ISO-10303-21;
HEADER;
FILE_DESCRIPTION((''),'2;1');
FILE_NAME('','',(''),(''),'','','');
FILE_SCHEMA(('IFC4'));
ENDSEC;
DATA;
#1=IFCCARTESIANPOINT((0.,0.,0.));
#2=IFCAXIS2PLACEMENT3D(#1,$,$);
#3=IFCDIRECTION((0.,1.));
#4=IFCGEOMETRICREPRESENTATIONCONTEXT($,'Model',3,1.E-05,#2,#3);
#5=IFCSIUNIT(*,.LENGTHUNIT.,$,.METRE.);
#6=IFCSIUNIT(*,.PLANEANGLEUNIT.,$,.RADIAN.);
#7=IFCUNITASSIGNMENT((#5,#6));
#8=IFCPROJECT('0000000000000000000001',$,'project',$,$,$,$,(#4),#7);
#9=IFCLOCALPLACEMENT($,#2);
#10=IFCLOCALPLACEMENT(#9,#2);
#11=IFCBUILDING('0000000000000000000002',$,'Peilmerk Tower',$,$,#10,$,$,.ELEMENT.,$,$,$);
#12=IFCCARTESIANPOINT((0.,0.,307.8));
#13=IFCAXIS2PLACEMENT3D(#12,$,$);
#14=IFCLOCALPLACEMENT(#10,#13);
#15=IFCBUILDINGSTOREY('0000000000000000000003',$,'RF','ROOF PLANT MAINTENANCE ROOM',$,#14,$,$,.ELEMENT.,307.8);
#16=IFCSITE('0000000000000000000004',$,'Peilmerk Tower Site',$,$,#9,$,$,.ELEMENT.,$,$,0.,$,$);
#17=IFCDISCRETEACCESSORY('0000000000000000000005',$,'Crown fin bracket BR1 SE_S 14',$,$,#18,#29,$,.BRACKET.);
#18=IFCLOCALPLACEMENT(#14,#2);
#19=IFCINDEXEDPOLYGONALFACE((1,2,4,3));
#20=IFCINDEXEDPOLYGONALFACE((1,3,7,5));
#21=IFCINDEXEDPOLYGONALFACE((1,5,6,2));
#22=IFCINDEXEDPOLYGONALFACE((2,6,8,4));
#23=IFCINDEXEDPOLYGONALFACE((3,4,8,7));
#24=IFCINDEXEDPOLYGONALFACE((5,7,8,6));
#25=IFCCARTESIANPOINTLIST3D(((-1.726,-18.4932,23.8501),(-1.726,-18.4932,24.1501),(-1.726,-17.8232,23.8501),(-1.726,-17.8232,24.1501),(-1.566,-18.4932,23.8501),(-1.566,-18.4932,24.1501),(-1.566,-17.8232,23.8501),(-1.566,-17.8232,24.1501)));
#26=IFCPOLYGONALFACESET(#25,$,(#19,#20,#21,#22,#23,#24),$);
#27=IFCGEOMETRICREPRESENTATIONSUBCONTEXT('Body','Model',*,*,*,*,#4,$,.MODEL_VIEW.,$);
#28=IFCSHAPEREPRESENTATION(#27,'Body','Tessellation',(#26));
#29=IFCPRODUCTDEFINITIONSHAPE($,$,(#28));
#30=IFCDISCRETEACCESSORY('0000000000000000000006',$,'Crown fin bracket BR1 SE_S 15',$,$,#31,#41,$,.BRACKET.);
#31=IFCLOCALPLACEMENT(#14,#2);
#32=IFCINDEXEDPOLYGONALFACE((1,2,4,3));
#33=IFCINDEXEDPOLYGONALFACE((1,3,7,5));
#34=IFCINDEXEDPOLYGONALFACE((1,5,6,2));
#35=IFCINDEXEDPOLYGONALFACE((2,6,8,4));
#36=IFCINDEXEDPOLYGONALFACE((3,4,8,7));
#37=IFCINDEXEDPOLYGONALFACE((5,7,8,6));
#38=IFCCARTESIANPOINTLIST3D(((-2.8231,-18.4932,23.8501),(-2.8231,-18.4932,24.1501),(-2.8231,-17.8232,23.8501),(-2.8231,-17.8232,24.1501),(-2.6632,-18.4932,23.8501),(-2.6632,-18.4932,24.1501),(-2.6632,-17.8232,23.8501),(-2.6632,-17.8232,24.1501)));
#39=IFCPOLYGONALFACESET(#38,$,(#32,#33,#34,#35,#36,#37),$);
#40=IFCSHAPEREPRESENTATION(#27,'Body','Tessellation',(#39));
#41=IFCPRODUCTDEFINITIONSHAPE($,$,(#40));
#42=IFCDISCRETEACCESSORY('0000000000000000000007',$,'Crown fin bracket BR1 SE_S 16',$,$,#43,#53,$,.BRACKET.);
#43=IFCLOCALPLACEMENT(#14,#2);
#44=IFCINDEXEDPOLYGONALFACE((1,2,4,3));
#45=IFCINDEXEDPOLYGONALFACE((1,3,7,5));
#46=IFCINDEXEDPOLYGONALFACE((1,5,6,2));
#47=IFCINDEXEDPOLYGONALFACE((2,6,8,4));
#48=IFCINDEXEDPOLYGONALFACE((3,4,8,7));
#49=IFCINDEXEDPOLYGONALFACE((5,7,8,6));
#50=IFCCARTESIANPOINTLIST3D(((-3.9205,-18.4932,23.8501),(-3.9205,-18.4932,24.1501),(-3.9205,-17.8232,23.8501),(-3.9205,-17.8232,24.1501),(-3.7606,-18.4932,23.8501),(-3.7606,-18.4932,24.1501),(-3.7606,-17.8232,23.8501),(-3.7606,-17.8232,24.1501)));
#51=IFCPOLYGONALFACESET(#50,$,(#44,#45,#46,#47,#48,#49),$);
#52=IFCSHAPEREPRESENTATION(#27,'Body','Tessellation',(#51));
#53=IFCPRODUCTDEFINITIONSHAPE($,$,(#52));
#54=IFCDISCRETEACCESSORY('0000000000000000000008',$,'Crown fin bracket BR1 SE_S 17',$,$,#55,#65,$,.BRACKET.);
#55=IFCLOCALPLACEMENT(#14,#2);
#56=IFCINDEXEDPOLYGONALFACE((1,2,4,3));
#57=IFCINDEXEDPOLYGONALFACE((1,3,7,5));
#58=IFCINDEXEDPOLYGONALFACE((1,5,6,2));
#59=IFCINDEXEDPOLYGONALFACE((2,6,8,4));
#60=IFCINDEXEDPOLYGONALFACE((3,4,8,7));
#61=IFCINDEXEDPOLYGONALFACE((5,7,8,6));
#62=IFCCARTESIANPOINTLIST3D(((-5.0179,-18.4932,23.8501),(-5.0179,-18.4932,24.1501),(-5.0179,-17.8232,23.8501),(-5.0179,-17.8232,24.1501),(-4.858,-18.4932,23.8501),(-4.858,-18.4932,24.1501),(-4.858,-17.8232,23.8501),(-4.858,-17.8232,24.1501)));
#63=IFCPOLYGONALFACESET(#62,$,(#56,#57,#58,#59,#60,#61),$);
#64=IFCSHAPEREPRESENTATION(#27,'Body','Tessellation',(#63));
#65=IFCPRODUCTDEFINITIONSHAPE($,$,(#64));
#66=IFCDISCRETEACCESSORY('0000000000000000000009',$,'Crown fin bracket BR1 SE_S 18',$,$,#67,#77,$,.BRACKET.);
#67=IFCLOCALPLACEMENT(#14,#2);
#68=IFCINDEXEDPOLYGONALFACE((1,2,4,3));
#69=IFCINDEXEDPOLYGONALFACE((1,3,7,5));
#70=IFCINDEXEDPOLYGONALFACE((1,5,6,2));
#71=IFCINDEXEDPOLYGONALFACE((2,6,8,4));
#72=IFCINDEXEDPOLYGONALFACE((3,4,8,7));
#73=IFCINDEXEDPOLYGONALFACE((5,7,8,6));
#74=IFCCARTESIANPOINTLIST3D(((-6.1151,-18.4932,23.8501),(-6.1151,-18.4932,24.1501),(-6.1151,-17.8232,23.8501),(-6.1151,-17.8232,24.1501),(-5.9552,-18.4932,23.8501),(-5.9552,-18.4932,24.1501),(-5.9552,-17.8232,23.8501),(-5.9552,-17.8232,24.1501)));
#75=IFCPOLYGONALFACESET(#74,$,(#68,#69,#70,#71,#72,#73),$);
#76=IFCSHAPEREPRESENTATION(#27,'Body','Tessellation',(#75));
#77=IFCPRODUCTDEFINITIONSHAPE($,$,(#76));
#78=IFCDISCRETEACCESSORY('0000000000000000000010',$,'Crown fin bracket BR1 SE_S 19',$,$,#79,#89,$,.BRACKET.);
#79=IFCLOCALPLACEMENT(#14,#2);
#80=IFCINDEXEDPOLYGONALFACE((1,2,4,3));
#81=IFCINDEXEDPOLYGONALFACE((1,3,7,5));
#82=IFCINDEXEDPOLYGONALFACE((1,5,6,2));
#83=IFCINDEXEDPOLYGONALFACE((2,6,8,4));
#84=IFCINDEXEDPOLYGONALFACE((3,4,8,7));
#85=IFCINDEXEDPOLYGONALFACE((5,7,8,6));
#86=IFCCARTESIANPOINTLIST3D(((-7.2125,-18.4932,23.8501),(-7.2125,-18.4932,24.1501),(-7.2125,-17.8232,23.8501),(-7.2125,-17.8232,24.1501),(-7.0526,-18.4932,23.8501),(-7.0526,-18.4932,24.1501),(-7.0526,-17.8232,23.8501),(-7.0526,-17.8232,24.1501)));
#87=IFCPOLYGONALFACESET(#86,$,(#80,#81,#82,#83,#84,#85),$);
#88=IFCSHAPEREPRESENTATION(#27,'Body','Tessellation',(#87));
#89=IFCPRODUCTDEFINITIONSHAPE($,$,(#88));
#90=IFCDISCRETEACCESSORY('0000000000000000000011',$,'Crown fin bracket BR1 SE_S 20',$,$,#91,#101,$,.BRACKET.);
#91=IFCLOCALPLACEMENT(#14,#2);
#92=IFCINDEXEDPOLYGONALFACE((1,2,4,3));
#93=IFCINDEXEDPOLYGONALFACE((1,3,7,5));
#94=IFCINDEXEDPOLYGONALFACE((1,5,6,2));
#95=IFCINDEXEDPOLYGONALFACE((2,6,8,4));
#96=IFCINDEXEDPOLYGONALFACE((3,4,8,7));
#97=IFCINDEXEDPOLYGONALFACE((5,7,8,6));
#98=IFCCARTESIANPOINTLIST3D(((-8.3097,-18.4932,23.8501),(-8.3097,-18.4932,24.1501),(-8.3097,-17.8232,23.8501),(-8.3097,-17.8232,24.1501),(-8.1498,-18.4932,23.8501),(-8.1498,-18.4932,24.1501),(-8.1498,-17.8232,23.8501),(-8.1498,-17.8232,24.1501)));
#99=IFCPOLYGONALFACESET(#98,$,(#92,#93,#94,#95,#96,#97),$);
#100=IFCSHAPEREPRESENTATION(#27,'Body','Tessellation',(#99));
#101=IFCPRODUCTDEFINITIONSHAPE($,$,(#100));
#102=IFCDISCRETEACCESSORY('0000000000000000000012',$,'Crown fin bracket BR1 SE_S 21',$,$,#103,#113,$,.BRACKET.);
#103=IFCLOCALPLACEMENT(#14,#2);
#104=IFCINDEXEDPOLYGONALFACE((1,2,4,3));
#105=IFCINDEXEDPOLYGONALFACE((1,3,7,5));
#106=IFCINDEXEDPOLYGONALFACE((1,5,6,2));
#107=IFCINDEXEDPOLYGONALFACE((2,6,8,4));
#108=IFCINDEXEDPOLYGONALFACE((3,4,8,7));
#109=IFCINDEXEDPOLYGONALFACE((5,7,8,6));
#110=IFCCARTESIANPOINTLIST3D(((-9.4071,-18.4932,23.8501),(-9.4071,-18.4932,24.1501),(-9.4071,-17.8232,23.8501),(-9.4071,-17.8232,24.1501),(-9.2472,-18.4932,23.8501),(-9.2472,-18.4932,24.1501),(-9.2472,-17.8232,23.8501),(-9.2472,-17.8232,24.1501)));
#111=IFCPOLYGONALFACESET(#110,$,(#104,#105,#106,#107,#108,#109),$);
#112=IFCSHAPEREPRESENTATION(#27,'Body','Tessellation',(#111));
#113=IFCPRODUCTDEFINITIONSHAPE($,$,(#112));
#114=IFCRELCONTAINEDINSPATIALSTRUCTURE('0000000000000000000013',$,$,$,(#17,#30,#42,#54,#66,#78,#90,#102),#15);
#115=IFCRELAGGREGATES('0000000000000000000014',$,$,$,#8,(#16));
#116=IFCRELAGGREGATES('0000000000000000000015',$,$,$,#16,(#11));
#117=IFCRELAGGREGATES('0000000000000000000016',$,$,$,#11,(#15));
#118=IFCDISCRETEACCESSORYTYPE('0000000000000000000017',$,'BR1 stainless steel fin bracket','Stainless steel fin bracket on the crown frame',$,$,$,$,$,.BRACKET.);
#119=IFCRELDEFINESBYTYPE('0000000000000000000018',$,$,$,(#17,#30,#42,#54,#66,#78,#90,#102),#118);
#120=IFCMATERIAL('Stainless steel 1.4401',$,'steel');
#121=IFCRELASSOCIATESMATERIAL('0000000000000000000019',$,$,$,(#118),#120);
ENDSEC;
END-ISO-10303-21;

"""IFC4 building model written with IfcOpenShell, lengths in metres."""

from ifc_helpers import new_model, si_unit, direction, frame, origin, origin_2d, place, context, subcontext, project, spatial, rectangle, extrude, source, transform, mapped, material, type_object, element, save


model = new_model("IFC4")

# Units and contexts
model_context = context("Model", 3, precision=1e-05, world=origin(), true_north=direction((0.0, 1.0)))
body_context = subcontext(model_context, "Body", "Model", "MODEL_VIEW")
ifc_project = project(units=[si_unit("LENGTHUNIT", "METRE"), si_unit("PLANEANGLEUNIT", "RADIAN")], contexts=[model_context])

# Site, building, storey
site_placement = place(None, origin())
site = spatial("IfcSite", under=ifc_project, at=site_placement, Name="Peilmerk Tower Site", CompositionType="ELEMENT", RefElevation=0.0)
building_placement = place(site_placement, origin())
building = spatial("IfcBuilding", under=site, at=building_placement, Name="Peilmerk Tower", CompositionType="ELEMENT")
storey_placement = place(building_placement, frame((0.0, 0.0, 307.8)))
storey = spatial("IfcBuildingStorey", under=building, at=storey_placement, Name="RF", Description="ROOF PLANT MAINTENANCE ROOM", CompositionType="ELEMENT", Elevation=307.8)

# Discrete accessories
ifc_material_1 = material(Name="Stainless steel 1.4401", Category="steel")
discrete_accessory_type = type_object("IfcDiscreteAccessoryType", Name="BR1 stainless steel fin bracket", Description="Stainless steel fin bracket on the crown frame", PredefinedType="BRACKET", material=ifc_material_1)
shared_shape_1 = source(origin(), body_context, "Body", "SweptSolid", [
    extrude(rectangle(XDim=0.6699, YDim=0.1599, at=origin_2d()), origin(), (0.0, 0.0, 1.0), 0.3),
])
for number, where, z_axis, x_axis, name in (
    (1, (-1.646, -18.1582, 23.8501), (0.0, 0.0, 1.0), (0.0, -1.0, 0.0), "Crown fin bracket BR1 SE_S 14"),
    (2, (-2.7432, -18.1582, 23.8501), (0.0, 0.0, 1.0), (0.0, -1.0, 0.0), "Crown fin bracket BR1 SE_S 15"),
    (3, (-3.8406, -18.1582, 23.8501), (0.0, 0.0, 1.0), (0.0, -1.0, 0.0), "Crown fin bracket BR1 SE_S 16"),
    (4, (-4.938, -18.1582, 23.8501), (0.0, 0.0, 1.0), (0.0, -1.0, 0.0), "Crown fin bracket BR1 SE_S 17"),
    (5, (-6.0352, -18.1582, 23.8501), (0.0, 0.0, 1.0), (0.0, -1.0, 0.0), "Crown fin bracket BR1 SE_S 18"),
    (6, (-7.1326, -18.1582, 23.8501), (0.0, 0.0, 1.0), (0.0, -1.0, 0.0), "Crown fin bracket BR1 SE_S 19"),
    (7, (-8.2297, -18.1582, 23.8501), (0.0, 0.0, 1.0), (0.0, -1.0, 0.0), "Crown fin bracket BR1 SE_S 20"),
    (8, (-9.3271, -18.1582, 23.8501), (0.0, 0.0, 1.0), (0.0, -1.0, 0.0), "Crown fin bracket BR1 SE_S 21"),
):
    element("IfcDiscreteAccessory", number, at=place(storey_placement, frame(where, z_axis=z_axis, x_axis=x_axis)), inside=storey, type_object=discrete_accessory_type, Name=name, PredefinedType="BRACKET", context=body_context, shape_type="MappedRepresentation", body=[
        mapped(shared_shape_1, transform((0.0, 0.0, 0.0), scale=1.0)),
    ])

save(model, "model.ifc")
